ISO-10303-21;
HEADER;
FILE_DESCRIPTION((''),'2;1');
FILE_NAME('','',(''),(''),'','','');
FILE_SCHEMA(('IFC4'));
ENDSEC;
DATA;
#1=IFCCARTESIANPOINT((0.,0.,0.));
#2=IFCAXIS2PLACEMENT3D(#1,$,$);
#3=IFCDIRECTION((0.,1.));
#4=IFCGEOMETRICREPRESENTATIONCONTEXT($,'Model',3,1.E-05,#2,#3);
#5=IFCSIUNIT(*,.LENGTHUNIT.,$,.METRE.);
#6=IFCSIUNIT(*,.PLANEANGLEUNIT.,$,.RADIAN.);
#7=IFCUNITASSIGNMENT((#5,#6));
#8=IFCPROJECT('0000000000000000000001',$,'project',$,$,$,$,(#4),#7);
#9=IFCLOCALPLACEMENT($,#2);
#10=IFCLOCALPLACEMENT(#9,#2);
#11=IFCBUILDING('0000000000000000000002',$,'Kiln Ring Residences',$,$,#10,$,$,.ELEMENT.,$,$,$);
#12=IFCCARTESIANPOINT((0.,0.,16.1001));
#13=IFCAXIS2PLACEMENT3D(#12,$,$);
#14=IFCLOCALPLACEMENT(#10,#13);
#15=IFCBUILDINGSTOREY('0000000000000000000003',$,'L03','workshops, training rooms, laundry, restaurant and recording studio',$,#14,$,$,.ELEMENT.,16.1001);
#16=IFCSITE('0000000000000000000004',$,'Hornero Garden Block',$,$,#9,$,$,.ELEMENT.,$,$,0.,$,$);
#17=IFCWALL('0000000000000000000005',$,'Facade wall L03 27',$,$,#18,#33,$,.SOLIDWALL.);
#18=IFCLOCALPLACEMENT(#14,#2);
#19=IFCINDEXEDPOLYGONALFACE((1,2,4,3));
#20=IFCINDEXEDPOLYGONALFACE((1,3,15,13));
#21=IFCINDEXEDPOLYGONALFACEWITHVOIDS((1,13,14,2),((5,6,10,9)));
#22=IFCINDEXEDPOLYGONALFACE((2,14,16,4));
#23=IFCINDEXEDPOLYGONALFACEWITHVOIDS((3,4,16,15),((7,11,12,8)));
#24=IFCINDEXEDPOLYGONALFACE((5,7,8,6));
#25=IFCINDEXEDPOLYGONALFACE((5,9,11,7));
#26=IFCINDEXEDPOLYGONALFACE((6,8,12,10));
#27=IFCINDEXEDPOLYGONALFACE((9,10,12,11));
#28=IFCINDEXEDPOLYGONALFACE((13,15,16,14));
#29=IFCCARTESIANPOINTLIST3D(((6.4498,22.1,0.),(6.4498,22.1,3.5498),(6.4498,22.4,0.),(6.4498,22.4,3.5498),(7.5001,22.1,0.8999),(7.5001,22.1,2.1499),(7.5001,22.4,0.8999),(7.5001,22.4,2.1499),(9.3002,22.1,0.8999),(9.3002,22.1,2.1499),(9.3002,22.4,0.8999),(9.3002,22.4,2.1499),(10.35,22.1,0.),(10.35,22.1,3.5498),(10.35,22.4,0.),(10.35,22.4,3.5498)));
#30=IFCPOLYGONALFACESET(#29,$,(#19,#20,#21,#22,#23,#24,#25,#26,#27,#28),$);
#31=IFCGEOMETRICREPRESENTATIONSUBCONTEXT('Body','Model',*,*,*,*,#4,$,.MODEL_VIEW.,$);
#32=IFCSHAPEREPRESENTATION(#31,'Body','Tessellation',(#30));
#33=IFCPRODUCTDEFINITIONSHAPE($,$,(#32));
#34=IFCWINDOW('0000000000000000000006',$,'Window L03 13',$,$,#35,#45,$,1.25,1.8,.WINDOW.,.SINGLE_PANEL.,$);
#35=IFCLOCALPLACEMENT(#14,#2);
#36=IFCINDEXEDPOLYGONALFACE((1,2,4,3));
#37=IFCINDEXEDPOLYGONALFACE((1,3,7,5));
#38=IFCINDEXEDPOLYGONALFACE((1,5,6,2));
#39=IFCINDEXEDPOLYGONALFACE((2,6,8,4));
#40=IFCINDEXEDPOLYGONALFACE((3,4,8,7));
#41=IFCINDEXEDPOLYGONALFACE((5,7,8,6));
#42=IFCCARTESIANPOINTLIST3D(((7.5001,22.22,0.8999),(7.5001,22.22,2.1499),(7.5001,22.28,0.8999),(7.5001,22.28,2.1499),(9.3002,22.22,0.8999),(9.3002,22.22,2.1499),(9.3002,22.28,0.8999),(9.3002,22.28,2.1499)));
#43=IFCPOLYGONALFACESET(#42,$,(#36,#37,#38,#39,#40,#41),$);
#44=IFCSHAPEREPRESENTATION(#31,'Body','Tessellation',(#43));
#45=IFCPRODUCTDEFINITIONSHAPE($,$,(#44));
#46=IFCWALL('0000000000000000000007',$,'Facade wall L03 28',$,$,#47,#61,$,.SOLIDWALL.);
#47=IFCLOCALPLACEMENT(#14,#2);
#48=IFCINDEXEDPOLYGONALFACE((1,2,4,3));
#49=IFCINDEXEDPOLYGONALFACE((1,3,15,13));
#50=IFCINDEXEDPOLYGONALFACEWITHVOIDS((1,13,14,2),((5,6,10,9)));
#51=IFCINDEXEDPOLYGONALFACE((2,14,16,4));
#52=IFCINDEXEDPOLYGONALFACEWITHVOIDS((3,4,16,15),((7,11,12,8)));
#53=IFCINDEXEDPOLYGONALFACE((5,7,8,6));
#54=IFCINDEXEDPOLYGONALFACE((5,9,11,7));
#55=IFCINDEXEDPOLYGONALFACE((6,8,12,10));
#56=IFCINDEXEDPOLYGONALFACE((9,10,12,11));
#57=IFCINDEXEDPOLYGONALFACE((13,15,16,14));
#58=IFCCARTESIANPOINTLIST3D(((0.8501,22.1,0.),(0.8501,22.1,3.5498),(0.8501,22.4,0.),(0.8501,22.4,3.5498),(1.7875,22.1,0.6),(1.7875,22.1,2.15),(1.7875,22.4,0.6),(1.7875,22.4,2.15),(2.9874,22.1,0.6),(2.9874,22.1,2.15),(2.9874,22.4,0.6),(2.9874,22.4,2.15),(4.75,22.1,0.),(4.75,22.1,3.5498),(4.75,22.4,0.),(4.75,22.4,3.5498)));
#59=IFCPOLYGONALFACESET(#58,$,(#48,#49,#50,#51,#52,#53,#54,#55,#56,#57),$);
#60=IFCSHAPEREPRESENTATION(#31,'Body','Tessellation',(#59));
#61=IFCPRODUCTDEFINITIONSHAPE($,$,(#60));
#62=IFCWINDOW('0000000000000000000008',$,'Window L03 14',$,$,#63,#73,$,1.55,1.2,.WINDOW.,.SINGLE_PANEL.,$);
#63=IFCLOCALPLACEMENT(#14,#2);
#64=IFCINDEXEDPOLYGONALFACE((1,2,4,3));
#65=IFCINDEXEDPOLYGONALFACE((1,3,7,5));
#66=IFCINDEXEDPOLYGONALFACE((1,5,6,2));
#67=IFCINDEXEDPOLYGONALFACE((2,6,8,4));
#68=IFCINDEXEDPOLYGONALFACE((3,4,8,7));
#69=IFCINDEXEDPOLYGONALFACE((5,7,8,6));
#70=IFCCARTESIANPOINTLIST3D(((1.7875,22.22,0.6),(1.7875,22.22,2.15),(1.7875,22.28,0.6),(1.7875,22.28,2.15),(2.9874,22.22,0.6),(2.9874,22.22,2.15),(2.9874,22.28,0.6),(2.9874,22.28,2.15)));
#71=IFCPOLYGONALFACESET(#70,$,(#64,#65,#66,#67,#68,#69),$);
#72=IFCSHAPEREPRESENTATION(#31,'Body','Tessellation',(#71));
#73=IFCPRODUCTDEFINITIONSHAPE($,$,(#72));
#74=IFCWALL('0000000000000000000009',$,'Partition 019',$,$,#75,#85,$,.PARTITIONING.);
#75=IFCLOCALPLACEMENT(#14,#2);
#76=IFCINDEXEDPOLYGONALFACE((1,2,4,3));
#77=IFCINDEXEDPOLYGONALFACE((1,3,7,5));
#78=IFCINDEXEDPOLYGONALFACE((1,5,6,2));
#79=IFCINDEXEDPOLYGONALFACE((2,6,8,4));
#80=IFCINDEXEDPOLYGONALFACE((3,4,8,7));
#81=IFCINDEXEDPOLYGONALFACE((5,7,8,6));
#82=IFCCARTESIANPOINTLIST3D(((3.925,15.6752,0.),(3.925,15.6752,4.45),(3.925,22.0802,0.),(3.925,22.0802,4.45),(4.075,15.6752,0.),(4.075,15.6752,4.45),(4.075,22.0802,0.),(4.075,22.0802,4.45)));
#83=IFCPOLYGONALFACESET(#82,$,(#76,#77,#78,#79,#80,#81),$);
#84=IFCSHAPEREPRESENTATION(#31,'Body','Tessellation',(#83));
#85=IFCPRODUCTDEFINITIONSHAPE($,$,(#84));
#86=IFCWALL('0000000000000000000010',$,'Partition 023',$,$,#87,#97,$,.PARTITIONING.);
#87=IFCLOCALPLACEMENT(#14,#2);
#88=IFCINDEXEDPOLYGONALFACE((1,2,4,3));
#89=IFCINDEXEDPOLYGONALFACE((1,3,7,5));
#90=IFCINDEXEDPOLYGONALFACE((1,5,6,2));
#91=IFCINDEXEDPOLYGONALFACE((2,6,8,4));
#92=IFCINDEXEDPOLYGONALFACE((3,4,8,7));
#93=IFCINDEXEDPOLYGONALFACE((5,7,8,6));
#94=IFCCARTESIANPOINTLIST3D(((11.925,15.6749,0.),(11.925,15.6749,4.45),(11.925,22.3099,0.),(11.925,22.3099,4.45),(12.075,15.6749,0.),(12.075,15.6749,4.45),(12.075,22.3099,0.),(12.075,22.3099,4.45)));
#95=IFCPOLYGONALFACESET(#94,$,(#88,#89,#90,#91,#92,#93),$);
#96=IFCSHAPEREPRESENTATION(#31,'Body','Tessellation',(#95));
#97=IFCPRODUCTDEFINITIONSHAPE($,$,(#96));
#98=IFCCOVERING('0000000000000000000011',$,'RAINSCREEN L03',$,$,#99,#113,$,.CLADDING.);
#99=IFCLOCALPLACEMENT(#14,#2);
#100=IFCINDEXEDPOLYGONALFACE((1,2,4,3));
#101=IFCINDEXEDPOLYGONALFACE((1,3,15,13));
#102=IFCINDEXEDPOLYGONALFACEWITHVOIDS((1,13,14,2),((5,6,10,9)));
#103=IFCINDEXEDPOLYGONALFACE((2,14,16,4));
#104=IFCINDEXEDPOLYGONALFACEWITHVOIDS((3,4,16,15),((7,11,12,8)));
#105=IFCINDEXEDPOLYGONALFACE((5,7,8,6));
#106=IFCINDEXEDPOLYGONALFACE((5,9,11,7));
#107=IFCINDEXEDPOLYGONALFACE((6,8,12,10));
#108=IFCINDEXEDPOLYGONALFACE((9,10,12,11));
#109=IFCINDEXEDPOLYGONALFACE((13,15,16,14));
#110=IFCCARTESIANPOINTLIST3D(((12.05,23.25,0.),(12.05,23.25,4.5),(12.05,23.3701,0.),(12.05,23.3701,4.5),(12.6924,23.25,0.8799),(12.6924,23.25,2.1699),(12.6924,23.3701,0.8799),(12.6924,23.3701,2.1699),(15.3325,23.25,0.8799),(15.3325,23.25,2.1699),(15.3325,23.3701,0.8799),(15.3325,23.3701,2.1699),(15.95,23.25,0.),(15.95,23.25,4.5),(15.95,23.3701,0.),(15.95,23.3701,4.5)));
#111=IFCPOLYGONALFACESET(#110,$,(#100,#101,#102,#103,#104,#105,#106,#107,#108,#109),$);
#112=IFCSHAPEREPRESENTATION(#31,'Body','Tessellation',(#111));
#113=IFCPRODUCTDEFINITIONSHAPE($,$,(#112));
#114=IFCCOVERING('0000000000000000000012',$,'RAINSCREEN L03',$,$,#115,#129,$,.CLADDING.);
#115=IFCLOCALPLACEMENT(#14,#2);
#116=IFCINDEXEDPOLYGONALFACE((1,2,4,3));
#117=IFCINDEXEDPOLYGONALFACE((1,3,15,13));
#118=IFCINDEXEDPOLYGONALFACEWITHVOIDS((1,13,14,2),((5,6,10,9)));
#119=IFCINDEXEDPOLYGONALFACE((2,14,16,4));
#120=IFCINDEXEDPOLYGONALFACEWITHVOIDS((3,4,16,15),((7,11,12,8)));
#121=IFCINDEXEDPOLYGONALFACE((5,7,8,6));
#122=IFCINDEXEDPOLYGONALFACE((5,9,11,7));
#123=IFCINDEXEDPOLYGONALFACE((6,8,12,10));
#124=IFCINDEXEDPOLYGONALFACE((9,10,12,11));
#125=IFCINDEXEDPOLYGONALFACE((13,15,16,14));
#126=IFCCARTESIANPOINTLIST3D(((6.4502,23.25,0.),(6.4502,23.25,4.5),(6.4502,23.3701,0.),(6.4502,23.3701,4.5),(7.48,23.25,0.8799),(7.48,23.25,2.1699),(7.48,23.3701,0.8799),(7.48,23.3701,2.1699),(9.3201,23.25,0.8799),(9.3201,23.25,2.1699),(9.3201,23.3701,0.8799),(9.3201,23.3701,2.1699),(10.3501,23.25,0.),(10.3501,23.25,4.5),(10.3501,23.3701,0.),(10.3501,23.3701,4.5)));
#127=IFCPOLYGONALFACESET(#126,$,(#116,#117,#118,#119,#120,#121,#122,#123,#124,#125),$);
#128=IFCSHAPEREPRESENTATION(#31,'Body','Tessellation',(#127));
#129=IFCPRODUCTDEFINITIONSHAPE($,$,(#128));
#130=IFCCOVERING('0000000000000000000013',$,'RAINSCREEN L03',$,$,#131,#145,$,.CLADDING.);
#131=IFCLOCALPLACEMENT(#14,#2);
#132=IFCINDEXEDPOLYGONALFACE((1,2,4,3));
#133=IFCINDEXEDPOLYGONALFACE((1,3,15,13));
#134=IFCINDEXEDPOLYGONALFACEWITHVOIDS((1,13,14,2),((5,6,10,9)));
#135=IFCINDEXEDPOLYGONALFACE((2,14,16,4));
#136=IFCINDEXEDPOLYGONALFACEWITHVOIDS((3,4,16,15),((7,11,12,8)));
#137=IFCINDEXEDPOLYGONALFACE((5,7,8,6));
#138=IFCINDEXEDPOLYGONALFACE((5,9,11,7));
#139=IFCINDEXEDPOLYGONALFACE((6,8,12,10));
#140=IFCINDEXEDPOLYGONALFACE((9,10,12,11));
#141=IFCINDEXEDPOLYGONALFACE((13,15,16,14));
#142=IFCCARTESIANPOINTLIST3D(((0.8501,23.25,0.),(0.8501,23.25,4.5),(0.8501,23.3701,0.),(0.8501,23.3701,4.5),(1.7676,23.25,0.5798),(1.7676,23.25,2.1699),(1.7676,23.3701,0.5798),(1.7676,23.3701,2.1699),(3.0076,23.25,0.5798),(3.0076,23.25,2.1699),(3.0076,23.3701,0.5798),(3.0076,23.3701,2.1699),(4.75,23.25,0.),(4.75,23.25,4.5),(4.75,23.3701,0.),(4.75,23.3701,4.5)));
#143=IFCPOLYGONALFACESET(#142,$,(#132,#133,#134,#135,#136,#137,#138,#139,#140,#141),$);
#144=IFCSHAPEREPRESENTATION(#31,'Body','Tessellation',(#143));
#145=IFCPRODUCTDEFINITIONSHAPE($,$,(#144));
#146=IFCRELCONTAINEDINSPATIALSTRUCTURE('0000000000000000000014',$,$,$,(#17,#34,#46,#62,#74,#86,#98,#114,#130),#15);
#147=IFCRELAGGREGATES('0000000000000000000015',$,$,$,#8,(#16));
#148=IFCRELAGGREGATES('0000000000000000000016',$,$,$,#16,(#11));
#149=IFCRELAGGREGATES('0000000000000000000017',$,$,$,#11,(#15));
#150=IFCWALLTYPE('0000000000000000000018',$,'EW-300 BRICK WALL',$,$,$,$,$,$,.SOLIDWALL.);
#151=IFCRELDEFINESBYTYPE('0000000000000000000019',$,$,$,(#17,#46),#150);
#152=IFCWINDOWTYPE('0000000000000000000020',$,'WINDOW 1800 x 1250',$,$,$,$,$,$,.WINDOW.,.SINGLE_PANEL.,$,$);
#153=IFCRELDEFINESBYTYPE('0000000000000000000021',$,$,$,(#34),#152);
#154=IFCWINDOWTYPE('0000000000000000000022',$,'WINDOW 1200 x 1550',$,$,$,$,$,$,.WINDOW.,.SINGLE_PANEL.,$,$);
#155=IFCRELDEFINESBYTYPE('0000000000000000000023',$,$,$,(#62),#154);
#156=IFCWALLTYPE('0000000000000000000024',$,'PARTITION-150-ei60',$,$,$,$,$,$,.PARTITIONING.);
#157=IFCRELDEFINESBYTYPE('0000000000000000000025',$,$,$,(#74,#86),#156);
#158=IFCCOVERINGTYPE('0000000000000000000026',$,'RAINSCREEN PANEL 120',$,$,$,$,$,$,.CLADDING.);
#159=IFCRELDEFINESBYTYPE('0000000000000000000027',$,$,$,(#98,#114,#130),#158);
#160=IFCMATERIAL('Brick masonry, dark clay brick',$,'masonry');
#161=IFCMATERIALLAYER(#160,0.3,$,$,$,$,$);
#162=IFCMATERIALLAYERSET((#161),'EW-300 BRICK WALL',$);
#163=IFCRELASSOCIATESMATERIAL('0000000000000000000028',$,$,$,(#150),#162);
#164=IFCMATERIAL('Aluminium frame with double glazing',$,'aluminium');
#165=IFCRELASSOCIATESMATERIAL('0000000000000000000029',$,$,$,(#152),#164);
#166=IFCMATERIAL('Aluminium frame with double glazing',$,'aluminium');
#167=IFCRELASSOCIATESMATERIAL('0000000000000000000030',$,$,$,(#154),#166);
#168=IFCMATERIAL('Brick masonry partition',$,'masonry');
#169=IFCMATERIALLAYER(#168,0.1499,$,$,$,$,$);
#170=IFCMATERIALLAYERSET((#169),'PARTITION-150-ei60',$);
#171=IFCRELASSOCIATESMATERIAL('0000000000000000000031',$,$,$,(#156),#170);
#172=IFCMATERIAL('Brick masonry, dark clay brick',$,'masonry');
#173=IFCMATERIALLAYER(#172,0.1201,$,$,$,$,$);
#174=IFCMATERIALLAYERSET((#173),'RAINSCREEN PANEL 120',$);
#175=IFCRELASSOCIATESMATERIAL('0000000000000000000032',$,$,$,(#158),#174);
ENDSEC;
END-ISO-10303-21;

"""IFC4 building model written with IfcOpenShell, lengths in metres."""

from ifc_helpers import new_model, si_unit, direction, frame, frame_2d, origin, place, context, subcontext, project, spatial, polyline, rectangle, outline, extrude, material, layer, layer_set, type_object, element, fill, save


model = new_model("IFC4")

# Units and contexts
model_context = context("Model", 3, precision=1e-05, world=origin(), true_north=direction((0.0, 1.0)))
body_context = subcontext(model_context, "Body", "Model", "MODEL_VIEW")
ifc_project = project(units=[si_unit("LENGTHUNIT", "METRE"), si_unit("PLANEANGLEUNIT", "RADIAN")], contexts=[model_context])

# Site, building, storey
site_placement = place(None, origin())
site = spatial("IfcSite", under=ifc_project, at=site_placement, Name="Hornero Garden Block", CompositionType="ELEMENT", RefElevation=0.0)
building_placement = place(site_placement, origin())
building = spatial("IfcBuilding", under=site, at=building_placement, Name="Kiln Ring Residences", CompositionType="ELEMENT")
storey_placement = place(building_placement, frame((0.0, 0.0, 16.1001)))
storey = spatial("IfcBuildingStorey", under=building, at=storey_placement, Name="L03", Description="workshops, training rooms, laundry, restaurant and recording studio", CompositionType="ELEMENT", Elevation=16.1001)

# Walls, openings, windows
ifc_material_1 = material(Name="Brick masonry, dark clay brick", Category="masonry")
ifc_layer_1 = layer(ifc_material_1, 0.3)
ifc_layer_set_1 = layer_set([ifc_layer_1], Name="EW-300 BRICK WALL")
wall_type_1 = type_object("IfcWallType", Name="EW-300 BRICK WALL", PredefinedType="SOLIDWALL", material=ifc_layer_set_1)
ifc_material_2 = material(Name="Aluminium frame with double glazing", Category="aluminium")
window_type_1 = type_object("IfcWindowType", Name="WINDOW 1800 x 1250", PartitioningType="SINGLE_PANEL", PredefinedType="WINDOW", material=ifc_material_2)
wall_1_placement = place(storey_placement, frame((10.3501, 22.25, 0.0), z_axis=(0.0, 0.0, 1.0), x_axis=(-1.0, 0.0, 0.0)))
wall_1 = element("IfcWall", 1, at=wall_1_placement, inside=storey, type_object=wall_type_1, Name="Facade wall L03 27", PredefinedType="SOLIDWALL", context=body_context, shape_type="SweptSolid", body=[
    extrude(rectangle(XDim=3.9001, YDim=0.3, at=frame_2d((1.9502, 0.0))), origin(), (0.0, 0.0, 1.0), 3.5498),
])
opening_1_placement = place(wall_1_placement, frame((1.05, 0.0, 0.8999)))
opening_1 = element("IfcOpeningElement", 2, at=opening_1_placement, cuts=wall_1, PredefinedType="OPENING", context=body_context, shape_type="SweptSolid", body=[
    extrude(rectangle(XDim=1.8, YDim=1.25, at=frame_2d((0.8999, 0.625))), frame((0.0, 0.1599, 0.0), z_axis=(0.0, -1.0, 0.0), x_axis=(1.0, 0.0, 0.0)), (0.0, 0.0, 1.0), 0.3201),
])
window_1_placement = place(opening_1_placement, origin())
window_1 = element("IfcWindow", 3, at=window_1_placement, inside=storey, type_object=window_type_1, Name="Window L03 13", OverallHeight=1.25, OverallWidth=1.8, PartitioningType="SINGLE_PANEL", PredefinedType="WINDOW", context=body_context, shape_type="SweptSolid", body=[
    extrude(rectangle(XDim=1.8, YDim=1.25, at=frame_2d((0.8999, 0.625))), frame((0.0, 0.03, 0.0), z_axis=(0.0, -1.0, 0.0), x_axis=(1.0, 0.0, 0.0)), (0.0, 0.0, 1.0), 0.0601),
])
fill(opening_1, window_1)
wall_2_placement = place(storey_placement, frame((4.75, 22.25, 0.0), z_axis=(0.0, 0.0, 1.0), x_axis=(-1.0, 0.0, 0.0)))
wall_2 = element("IfcWall", 4, at=wall_2_placement, inside=storey, type_object=wall_type_1, Name="Facade wall L03 28", PredefinedType="SOLIDWALL", context=body_context, shape_type="SweptSolid", body=[
    extrude(rectangle(XDim=3.8999, YDim=0.3, at=frame_2d((1.95, 0.0))), origin(), (0.0, 0.0, 1.0), 3.5498),
])
opening_2_placement = place(wall_2_placement, frame((1.7625, 0.0, 0.6001)))
opening_2 = element("IfcOpeningElement", 5, at=opening_2_placement, cuts=wall_2, PredefinedType="OPENING", context=body_context, shape_type="SweptSolid", body=[
    extrude(rectangle(XDim=1.2, YDim=1.55, at=frame_2d((0.6001, 0.7749))), frame((0.0, 0.1599, 0.0), z_axis=(0.0, -1.0, 0.0), x_axis=(1.0, 0.0, 0.0)), (0.0, 0.0, 1.0), 0.3201),
])
ifc_material_3 = material(Name="Aluminium frame with double glazing", Category="aluminium")
window_type_2 = type_object("IfcWindowType", Name="WINDOW 1200 x 1550", PartitioningType="SINGLE_PANEL", PredefinedType="WINDOW", material=ifc_material_3)
window_2_placement = place(opening_2_placement, origin())
window_2 = element("IfcWindow", 6, at=window_2_placement, inside=storey, type_object=window_type_2, Name="Window L03 14", OverallHeight=1.55, OverallWidth=1.2, PartitioningType="SINGLE_PANEL", PredefinedType="WINDOW", context=body_context, shape_type="SweptSolid", body=[
    extrude(rectangle(XDim=1.2, YDim=1.55, at=frame_2d((0.6001, 0.7749))), frame((0.0, 0.03, 0.0), z_axis=(0.0, -1.0, 0.0), x_axis=(1.0, 0.0, 0.0)), (0.0, 0.0, 1.0), 0.0601),
])
fill(opening_2, window_2)

# Walls
ifc_material_4 = material(Name="Brick masonry partition", Category="masonry")
ifc_layer_2 = layer(ifc_material_4, 0.1499)
ifc_layer_set_2 = layer_set([ifc_layer_2], Name="PARTITION-150-ei60")
wall_type_2 = type_object("IfcWallType", Name="PARTITION-150-ei60", PredefinedType="PARTITIONING", material=ifc_layer_set_2)
wall_3_placement = place(storey_placement, frame((4.0, 15.675, 0.0), z_axis=(0.0, 0.0, 1.0), x_axis=(0.0, 1.0, 0.0)))
element("IfcWall", 7, at=wall_3_placement, inside=storey, type_object=wall_type_2, Name="Partition 019", PredefinedType="PARTITIONING", context=body_context, shape_type="SweptSolid", body=[
    extrude(rectangle(XDim=6.405, YDim=0.1499, at=frame_2d((3.2026, 0.0))), origin(), (0.0, 0.0, 1.0), 4.45),
])
wall_4_placement = place(storey_placement, frame((12.0, 15.675, 0.0), z_axis=(0.0, 0.0, 1.0), x_axis=(0.0, 1.0, 0.0)))
element("IfcWall", 8, at=wall_4_placement, inside=storey, type_object=wall_type_2, Name="Partition 023", PredefinedType="PARTITIONING", context=body_context, shape_type="SweptSolid", body=[
    extrude(rectangle(XDim=6.635, YDim=0.1499, at=frame_2d((3.3174, 0.0))), origin(), (0.0, 0.0, 1.0), 4.45),
])

# Coverings
ifc_material_5 = material(Name="Brick masonry, dark clay brick", Category="masonry")
ifc_layer_3 = layer(ifc_material_5, 0.1201)
ifc_layer_set_3 = layer_set([ifc_layer_3], Name="RAINSCREEN PANEL 120")
covering_type = type_object("IfcCoveringType", Name="RAINSCREEN PANEL 120", PredefinedType="CLADDING", material=ifc_layer_set_3)
covering_1_placement = place(storey_placement, frame((15.95, 23.3101, 0.0), z_axis=(0.0, 0.0, 1.0), x_axis=(-1.0, 0.0, 0.0)))
element("IfcCovering", 9, at=covering_1_placement, inside=storey, type_object=covering_type, Name="RAINSCREEN L03", PredefinedType="CLADDING", context=body_context, shape_type="SweptSolid", body=[
    extrude(outline(polyline([(0.0, 0.0), (3.8999, 0.0), (3.8999, 4.5), (0.0, 4.5), (0.0, 0.0)]), holes=[polyline([(0.6174, 2.1699), (0.6174, 0.8799), (3.2576, 0.8799), (3.2576, 2.1699), (0.6174, 2.1699)])]), frame((0.0, 0.0601, 0.0), z_axis=(0.0, -1.0, 0.0), x_axis=(1.0, 0.0, 0.0)), (0.0, 0.0, 1.0), 0.1201),
])
covering_2_placement = place(storey_placement, frame((10.3501, 23.3101, 0.0), z_axis=(0.0, 0.0, 1.0), x_axis=(-1.0, 0.0, 0.0)))
element("IfcCovering", 10, at=covering_2_placement, inside=storey, type_object=covering_type, Name="RAINSCREEN L03", PredefinedType="CLADDING", context=body_context, shape_type="SweptSolid", body=[
    extrude(outline(polyline([(0.0, 0.0), (3.8999, 0.0), (3.8999, 4.5), (0.0, 4.5), (0.0, 0.0)]), holes=[polyline([(1.03, 2.1699), (1.03, 0.8799), (2.8701, 0.8799), (2.8701, 2.1699), (1.03, 2.1699)])]), frame((0.0, 0.0601, 0.0), z_axis=(0.0, -1.0, 0.0), x_axis=(1.0, 0.0, 0.0)), (0.0, 0.0, 1.0), 0.1201),
])
covering_3_placement = place(storey_placement, frame((4.75, 23.3101, 0.0), z_axis=(0.0, 0.0, 1.0), x_axis=(-1.0, 0.0, 0.0)))
element("IfcCovering", 11, at=covering_3_placement, inside=storey, type_object=covering_type, Name="RAINSCREEN L03", PredefinedType="CLADDING", context=body_context, shape_type="SweptSolid", body=[
    extrude(outline(polyline([(0.0, 0.0), (3.8999, 0.0), (3.8999, 4.5), (0.0, 4.5), (0.0, 0.0)]), holes=[polyline([(1.7424, 2.1699), (1.7424, 0.5798), (2.9824, 0.5798), (2.9824, 2.1699), (1.7424, 2.1699)])]), frame((0.0, 0.0601, 0.0), z_axis=(0.0, -1.0, 0.0), x_axis=(1.0, 0.0, 0.0)), (0.0, 0.0, 1.0), 0.1201),
])

save(model, "model.ifc")
